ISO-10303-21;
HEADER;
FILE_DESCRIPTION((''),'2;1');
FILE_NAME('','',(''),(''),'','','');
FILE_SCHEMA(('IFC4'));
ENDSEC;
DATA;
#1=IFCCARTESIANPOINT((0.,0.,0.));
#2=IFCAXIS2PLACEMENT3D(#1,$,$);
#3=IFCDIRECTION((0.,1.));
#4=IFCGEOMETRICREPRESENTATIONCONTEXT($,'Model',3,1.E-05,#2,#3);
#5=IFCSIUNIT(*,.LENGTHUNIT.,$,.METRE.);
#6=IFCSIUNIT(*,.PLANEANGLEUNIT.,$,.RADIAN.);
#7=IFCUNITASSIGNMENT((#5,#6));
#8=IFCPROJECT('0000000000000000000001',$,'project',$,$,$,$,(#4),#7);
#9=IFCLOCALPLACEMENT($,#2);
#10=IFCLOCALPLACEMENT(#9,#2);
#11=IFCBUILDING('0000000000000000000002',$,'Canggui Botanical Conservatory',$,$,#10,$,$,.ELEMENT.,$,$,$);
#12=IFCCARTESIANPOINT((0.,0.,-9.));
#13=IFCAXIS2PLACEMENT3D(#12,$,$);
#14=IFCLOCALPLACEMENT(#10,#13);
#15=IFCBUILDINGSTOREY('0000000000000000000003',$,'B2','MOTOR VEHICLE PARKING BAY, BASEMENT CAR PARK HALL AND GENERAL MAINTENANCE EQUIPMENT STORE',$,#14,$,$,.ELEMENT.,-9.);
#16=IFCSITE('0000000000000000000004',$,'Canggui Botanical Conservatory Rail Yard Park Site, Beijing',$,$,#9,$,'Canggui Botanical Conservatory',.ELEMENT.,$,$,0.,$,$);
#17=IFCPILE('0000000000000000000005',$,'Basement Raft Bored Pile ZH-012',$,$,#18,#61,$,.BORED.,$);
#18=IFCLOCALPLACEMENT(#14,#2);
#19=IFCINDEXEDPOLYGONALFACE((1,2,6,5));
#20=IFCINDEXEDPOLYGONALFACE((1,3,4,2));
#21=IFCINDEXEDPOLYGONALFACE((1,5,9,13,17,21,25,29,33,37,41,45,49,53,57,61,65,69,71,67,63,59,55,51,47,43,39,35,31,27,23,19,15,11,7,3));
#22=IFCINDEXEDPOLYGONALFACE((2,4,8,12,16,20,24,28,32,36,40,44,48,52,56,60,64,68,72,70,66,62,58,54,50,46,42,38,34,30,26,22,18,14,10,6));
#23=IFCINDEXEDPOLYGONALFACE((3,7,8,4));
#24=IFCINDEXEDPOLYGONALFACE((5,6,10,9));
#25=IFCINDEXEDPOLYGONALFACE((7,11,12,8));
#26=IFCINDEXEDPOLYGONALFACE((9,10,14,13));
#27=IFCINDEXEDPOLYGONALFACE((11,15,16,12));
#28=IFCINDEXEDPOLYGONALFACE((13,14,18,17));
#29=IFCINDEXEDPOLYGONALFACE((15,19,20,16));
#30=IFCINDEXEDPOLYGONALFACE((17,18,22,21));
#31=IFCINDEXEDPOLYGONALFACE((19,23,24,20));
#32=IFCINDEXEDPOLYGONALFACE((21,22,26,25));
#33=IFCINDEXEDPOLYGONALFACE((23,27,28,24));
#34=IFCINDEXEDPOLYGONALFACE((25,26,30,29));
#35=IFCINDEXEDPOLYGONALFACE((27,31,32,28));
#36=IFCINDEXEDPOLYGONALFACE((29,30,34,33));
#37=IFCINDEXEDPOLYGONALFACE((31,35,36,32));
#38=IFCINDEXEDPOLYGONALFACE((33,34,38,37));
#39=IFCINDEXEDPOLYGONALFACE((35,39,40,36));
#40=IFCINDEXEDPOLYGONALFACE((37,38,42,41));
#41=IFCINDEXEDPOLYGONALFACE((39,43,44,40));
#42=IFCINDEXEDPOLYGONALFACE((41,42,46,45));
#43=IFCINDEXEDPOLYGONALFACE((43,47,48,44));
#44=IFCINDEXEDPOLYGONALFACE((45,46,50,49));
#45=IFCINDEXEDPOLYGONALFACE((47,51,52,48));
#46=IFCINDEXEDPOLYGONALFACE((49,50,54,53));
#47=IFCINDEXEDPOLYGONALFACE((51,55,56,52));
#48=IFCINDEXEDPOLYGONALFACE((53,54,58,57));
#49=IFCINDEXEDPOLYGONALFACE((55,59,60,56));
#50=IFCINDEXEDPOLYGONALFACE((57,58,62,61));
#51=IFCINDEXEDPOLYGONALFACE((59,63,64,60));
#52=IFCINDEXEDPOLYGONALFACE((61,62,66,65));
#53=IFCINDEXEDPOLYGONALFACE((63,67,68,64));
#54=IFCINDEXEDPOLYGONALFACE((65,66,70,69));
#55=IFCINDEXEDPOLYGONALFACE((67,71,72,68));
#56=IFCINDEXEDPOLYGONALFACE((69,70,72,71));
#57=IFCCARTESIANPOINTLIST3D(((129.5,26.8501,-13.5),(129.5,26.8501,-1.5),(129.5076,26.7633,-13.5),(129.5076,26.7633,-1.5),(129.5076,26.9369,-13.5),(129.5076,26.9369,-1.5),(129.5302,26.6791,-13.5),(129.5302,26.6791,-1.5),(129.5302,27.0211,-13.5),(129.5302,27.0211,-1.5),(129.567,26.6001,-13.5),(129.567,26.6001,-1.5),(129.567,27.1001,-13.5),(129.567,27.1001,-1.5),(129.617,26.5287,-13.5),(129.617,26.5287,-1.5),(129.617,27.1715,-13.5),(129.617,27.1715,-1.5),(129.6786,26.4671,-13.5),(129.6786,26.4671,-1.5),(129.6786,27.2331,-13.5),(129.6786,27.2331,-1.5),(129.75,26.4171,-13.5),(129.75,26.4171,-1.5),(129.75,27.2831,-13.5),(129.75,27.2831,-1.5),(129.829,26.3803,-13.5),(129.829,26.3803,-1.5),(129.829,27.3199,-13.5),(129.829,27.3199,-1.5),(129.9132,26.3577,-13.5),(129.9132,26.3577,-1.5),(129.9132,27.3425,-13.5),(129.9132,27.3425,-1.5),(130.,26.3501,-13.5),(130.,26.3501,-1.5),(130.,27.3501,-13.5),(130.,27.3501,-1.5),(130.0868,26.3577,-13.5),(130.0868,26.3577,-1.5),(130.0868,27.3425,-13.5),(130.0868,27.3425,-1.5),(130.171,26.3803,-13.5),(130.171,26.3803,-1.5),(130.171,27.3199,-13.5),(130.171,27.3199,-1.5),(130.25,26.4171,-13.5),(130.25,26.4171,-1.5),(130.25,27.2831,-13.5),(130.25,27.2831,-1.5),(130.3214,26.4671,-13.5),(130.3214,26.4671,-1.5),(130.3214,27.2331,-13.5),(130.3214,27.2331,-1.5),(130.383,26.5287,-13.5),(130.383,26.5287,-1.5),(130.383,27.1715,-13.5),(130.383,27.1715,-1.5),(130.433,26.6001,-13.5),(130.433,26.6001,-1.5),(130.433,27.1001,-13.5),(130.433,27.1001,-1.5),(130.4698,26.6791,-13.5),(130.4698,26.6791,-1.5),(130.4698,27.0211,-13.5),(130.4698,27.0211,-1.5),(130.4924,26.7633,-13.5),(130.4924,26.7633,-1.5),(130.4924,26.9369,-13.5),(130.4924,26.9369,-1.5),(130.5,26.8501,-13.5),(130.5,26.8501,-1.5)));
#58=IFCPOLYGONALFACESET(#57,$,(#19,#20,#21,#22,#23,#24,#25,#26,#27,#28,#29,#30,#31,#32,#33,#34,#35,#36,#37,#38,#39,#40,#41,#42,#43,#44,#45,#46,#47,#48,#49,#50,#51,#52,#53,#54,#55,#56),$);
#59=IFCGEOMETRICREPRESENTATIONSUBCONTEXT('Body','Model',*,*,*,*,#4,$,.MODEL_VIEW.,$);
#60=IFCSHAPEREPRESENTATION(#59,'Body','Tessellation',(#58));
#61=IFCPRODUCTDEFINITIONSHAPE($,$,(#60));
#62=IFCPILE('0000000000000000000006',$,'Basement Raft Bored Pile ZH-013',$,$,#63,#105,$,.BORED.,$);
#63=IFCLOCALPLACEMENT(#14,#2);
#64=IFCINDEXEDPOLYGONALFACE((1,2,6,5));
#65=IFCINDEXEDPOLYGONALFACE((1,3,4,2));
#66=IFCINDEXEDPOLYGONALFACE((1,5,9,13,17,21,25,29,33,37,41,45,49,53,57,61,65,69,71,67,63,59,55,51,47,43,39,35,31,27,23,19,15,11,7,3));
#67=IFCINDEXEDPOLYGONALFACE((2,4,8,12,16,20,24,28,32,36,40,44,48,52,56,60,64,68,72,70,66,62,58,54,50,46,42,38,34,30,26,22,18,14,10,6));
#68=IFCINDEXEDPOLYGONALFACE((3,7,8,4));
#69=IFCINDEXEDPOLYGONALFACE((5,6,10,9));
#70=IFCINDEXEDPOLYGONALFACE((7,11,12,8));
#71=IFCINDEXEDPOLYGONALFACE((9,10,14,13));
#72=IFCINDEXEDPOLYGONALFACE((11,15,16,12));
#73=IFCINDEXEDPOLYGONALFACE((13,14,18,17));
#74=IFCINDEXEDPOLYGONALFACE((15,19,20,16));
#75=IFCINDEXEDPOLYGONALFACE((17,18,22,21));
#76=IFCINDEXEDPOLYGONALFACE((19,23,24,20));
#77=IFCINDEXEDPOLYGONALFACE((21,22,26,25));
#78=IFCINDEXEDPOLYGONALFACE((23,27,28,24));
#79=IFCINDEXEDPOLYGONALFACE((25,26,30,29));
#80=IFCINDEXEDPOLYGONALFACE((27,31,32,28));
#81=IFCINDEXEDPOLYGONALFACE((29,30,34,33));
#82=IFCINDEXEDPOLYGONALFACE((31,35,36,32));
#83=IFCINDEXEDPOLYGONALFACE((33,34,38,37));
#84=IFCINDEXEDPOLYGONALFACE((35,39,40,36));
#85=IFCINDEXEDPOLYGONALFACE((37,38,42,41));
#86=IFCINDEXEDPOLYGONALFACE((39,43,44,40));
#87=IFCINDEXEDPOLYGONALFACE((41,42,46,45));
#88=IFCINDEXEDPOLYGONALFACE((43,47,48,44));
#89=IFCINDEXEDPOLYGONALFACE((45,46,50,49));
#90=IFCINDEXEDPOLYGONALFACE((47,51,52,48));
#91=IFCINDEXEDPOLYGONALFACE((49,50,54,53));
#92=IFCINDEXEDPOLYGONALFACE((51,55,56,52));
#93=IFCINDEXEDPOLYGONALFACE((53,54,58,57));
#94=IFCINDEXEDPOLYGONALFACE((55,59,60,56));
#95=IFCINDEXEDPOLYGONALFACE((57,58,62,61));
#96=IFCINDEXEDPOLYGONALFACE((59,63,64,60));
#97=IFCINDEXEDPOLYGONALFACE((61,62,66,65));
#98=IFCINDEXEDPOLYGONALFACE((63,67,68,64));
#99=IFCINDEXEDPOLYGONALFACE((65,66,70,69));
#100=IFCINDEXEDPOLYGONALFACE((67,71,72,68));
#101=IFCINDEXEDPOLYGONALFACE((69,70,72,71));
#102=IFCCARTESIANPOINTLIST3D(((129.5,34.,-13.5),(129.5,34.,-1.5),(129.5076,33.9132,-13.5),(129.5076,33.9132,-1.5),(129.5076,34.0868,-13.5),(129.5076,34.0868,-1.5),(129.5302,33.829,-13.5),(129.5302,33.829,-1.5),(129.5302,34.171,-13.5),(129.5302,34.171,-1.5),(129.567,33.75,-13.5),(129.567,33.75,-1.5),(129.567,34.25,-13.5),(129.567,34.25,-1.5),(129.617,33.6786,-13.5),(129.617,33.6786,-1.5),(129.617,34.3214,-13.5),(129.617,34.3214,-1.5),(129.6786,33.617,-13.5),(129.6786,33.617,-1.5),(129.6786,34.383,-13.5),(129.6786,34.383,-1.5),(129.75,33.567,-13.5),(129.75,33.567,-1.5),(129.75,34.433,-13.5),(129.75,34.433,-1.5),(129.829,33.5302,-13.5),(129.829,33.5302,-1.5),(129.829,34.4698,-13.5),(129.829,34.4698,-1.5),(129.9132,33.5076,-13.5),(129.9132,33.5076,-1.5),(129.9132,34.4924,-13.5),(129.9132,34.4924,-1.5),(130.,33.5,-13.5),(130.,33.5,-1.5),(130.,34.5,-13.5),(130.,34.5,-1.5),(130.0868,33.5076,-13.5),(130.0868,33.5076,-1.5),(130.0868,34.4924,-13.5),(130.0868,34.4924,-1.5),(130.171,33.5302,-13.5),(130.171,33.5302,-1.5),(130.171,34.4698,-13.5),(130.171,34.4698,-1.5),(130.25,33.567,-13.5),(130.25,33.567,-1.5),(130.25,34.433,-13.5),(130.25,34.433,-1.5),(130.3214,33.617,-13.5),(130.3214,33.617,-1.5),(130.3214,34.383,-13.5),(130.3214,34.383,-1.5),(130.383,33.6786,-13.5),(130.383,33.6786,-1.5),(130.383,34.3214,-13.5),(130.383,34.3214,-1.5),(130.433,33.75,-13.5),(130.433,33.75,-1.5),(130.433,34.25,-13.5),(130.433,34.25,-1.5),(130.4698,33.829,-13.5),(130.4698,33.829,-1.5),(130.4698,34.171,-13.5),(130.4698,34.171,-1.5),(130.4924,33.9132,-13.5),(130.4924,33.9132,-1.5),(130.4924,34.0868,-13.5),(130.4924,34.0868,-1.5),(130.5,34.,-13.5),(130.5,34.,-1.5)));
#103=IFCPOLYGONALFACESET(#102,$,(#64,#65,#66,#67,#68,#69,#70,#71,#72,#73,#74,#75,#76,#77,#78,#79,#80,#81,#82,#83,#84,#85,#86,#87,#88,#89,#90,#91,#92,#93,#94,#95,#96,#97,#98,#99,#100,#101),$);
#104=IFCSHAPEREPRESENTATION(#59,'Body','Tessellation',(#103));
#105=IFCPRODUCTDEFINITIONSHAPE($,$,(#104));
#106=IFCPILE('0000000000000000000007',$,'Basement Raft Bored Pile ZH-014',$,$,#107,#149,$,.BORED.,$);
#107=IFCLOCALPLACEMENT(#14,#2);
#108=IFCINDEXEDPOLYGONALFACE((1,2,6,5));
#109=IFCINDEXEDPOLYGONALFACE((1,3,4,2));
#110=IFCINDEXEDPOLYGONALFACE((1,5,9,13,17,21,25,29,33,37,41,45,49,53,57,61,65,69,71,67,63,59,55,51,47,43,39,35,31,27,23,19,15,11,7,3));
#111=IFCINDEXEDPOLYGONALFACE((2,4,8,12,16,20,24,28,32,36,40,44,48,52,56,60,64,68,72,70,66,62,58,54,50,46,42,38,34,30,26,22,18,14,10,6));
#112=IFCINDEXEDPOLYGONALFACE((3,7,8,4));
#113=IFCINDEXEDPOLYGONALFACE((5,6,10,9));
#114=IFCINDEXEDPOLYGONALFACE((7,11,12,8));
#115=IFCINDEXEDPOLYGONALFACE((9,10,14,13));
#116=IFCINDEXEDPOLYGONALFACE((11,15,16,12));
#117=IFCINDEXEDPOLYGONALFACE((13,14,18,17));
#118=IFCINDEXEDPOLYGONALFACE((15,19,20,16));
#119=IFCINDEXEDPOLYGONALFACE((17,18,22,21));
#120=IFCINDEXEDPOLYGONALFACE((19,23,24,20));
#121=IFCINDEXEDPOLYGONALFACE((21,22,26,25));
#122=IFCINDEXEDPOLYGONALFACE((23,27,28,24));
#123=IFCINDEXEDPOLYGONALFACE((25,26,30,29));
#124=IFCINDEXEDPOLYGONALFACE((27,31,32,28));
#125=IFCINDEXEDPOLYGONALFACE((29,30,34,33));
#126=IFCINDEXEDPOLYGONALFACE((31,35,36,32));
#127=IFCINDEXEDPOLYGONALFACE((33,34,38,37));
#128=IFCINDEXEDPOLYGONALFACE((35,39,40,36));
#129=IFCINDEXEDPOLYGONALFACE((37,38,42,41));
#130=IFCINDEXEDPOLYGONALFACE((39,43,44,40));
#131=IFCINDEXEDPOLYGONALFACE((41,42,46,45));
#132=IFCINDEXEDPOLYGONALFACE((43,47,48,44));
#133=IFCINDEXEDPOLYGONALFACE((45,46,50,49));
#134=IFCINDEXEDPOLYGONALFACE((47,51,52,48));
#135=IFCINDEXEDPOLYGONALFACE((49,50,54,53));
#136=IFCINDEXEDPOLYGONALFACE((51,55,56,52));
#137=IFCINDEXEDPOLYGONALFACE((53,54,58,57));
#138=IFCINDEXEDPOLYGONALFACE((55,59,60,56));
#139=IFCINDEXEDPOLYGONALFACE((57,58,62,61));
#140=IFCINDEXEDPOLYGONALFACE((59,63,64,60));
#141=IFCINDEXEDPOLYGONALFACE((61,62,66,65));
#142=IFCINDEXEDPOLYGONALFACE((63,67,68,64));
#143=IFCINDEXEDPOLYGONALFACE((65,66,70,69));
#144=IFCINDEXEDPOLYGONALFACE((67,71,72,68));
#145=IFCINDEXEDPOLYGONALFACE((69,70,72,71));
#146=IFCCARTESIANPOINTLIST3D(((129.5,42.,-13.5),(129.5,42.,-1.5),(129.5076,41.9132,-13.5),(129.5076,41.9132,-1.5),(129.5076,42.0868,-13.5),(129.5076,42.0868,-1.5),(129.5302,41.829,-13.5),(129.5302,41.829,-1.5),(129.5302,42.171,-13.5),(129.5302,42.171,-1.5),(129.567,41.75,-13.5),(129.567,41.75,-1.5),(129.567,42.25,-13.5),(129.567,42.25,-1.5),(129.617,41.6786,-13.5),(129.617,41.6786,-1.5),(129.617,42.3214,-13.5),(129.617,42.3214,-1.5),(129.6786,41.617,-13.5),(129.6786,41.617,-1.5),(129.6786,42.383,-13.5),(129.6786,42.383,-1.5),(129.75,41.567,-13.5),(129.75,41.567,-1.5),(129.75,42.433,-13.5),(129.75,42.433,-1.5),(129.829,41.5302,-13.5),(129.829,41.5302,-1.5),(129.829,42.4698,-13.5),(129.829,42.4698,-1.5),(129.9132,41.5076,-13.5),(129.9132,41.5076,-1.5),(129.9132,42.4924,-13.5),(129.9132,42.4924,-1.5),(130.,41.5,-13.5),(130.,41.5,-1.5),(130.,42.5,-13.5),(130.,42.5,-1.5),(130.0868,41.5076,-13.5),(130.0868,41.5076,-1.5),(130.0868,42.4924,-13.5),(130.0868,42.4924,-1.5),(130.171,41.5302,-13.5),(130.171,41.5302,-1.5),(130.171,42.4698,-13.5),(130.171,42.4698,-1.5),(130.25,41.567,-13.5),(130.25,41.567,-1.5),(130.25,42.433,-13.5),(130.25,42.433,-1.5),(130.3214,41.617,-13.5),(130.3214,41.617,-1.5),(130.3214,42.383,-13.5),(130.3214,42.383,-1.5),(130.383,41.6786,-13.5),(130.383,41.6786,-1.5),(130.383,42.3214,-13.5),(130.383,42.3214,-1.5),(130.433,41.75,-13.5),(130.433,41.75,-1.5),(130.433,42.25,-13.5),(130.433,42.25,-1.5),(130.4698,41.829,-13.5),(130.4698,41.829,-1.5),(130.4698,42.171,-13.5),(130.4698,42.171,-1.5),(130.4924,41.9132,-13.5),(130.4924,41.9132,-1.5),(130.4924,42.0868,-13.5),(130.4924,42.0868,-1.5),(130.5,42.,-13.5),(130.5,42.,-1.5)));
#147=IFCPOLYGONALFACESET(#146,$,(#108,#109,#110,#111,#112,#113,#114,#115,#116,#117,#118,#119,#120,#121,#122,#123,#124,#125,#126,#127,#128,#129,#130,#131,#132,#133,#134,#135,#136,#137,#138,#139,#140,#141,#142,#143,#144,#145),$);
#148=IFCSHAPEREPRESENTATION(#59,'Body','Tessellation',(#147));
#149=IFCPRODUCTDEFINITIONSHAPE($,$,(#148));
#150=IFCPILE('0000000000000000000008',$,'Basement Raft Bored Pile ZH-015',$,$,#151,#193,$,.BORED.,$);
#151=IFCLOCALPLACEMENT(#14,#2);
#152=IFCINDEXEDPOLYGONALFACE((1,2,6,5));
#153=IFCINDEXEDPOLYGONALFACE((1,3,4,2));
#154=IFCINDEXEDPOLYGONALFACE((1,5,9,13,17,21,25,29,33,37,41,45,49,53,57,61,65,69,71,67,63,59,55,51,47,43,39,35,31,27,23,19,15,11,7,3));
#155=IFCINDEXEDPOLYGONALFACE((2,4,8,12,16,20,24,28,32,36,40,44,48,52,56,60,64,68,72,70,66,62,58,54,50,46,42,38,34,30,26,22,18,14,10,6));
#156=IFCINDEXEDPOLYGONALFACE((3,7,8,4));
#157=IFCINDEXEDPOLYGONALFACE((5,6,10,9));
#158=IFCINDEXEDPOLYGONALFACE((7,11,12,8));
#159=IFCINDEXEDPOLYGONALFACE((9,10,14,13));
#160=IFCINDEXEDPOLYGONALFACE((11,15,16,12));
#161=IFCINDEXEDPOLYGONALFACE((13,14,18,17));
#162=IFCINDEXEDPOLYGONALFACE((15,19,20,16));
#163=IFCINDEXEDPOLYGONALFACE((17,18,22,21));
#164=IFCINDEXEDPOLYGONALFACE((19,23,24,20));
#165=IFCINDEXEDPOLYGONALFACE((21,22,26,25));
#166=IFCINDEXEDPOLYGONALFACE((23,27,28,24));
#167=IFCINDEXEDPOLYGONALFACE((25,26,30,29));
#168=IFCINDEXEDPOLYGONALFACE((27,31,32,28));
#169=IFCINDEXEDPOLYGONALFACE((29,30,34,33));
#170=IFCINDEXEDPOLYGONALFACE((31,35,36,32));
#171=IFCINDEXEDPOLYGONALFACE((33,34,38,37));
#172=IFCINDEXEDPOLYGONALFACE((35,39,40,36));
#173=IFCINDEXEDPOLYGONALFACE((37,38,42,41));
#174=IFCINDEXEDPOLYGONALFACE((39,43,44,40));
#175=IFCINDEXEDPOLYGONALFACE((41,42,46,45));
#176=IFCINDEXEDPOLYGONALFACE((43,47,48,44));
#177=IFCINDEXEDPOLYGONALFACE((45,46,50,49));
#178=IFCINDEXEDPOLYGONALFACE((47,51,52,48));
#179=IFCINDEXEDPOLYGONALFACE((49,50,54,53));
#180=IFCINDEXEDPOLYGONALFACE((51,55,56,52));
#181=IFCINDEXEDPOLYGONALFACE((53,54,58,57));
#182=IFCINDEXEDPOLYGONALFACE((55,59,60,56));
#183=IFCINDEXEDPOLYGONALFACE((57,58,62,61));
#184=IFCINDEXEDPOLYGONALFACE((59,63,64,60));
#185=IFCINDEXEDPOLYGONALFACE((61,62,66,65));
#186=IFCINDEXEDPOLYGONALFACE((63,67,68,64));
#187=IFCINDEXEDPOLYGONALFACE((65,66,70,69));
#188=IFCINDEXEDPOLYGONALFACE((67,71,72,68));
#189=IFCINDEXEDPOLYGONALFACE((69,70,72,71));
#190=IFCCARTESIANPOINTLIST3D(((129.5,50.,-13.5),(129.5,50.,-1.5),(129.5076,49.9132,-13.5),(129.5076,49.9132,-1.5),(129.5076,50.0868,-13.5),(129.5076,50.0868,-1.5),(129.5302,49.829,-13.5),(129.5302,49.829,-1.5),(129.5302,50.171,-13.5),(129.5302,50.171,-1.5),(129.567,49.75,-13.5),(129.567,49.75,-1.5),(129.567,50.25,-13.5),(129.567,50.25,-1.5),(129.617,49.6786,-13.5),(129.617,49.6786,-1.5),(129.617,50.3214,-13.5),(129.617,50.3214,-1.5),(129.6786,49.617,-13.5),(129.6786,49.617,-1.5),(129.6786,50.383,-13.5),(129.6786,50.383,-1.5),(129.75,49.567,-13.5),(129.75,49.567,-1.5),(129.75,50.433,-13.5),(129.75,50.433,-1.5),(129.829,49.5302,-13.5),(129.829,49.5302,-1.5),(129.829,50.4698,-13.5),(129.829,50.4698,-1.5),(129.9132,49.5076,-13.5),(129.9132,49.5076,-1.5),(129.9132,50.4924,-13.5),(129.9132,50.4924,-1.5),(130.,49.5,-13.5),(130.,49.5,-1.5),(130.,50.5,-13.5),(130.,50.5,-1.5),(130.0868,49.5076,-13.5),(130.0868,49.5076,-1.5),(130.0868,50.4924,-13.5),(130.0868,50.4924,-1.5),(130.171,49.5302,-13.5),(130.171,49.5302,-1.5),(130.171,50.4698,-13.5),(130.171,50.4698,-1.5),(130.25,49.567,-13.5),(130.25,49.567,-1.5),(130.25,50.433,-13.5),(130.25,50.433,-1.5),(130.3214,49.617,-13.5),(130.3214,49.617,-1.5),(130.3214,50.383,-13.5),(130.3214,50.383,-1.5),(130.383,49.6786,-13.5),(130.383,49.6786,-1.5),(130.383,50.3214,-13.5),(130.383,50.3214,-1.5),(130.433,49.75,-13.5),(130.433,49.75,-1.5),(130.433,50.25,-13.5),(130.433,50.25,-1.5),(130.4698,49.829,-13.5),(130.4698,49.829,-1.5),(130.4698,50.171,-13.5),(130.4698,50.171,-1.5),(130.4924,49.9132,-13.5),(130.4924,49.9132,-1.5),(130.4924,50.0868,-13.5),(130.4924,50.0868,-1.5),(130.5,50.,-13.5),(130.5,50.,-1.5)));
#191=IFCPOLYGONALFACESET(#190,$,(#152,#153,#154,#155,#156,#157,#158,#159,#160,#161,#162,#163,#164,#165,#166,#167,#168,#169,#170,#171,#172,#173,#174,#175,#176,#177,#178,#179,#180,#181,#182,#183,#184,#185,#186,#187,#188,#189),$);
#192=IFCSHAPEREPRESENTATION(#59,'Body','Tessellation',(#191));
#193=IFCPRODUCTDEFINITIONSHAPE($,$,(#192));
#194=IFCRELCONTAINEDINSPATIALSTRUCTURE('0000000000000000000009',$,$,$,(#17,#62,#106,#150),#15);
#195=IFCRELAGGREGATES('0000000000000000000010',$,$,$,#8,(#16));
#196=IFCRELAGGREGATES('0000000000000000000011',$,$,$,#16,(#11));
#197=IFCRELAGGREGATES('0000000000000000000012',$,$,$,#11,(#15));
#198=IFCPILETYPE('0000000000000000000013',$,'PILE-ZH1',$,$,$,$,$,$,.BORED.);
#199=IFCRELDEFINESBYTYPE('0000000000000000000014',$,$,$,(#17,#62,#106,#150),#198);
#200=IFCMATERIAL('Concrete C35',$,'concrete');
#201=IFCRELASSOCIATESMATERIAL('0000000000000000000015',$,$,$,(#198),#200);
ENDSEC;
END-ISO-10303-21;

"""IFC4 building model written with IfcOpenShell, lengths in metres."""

from ifc_helpers import new_model, si_unit, direction, frame, origin, origin_2d, place, context, subcontext, project, spatial, circle, extrude, material, material_profile, profile_set, type_object, element, save


model = new_model("IFC4")

# Units and contexts
model_context = context("Model", 3, precision=1e-05, world=origin(), true_north=direction((0.0, 1.0)))
body_context = subcontext(model_context, "Body", "Model", "MODEL_VIEW")
ifc_project = project(units=[si_unit("LENGTHUNIT", "METRE"), si_unit("PLANEANGLEUNIT", "RADIAN")], contexts=[model_context])

# Site, building, storey
site_placement = place(None, origin())
site = spatial("IfcSite", under=ifc_project, at=site_placement, Name="Canggui Botanical Conservatory Rail Yard Park Site, Beijing", LongName="Canggui Botanical Conservatory", CompositionType="ELEMENT", RefElevation=0.0)
building_placement = place(site_placement, origin())
building = spatial("IfcBuilding", under=site, at=building_placement, Name="Canggui Botanical Conservatory", CompositionType="ELEMENT")
storey_placement = place(building_placement, frame((0.0, 0.0, -9.0)))
storey = spatial("IfcBuildingStorey", under=building, at=storey_placement, Name="B2", Description="MOTOR VEHICLE PARKING BAY, BASEMENT CAR PARK HALL AND GENERAL MAINTENANCE EQUIPMENT STORE", CompositionType="ELEMENT", Elevation=-9.0)

# Piles
ifc_material_1 = material(Name="Concrete C35", Category="concrete")
ifc_material_profile_1 = material_profile(ifc_material_1, circle(Radius=0.5, at=origin_2d()), Name="PILE D1000")
ifc_profile_set_1 = profile_set([ifc_material_profile_1], Name="Concrete C35")
pile_type = type_object("IfcPileType", Name="PILE-ZH1", PredefinedType="BORED", material=ifc_profile_set_1)
for number, where, z_axis, x_axis, name in (
    (1, (130.0, 26.8501, -1.5), (0.0, 0.0, -1.0), (1.0, 0.0, 0.0), "Basement Raft Bored Pile ZH-012"),
    (2, (130.0, 34.0, -1.5), (0.0, 0.0, -1.0), (1.0, 0.0, 0.0), "Basement Raft Bored Pile ZH-013"),
    (3, (130.0, 42.0, -1.5), (0.0, 0.0, -1.0), (1.0, 0.0, 0.0), "Basement Raft Bored Pile ZH-014"),
    (4, (130.0, 50.0, -1.5), (0.0, 0.0, -1.0), (1.0, 0.0, 0.0), "Basement Raft Bored Pile ZH-015"),
):
    element("IfcPile", number, at=place(storey_placement, frame(where, z_axis=z_axis, x_axis=x_axis)), inside=storey, type_object=pile_type, Name=name, PredefinedType="BORED", context=body_context, shape_type="SweptSolid", body=[
        extrude(circle(Radius=0.5, at=origin_2d()), origin(), (0.0, 0.0, 1.0), 12.0),
    ])

save(model, "model.ifc")
